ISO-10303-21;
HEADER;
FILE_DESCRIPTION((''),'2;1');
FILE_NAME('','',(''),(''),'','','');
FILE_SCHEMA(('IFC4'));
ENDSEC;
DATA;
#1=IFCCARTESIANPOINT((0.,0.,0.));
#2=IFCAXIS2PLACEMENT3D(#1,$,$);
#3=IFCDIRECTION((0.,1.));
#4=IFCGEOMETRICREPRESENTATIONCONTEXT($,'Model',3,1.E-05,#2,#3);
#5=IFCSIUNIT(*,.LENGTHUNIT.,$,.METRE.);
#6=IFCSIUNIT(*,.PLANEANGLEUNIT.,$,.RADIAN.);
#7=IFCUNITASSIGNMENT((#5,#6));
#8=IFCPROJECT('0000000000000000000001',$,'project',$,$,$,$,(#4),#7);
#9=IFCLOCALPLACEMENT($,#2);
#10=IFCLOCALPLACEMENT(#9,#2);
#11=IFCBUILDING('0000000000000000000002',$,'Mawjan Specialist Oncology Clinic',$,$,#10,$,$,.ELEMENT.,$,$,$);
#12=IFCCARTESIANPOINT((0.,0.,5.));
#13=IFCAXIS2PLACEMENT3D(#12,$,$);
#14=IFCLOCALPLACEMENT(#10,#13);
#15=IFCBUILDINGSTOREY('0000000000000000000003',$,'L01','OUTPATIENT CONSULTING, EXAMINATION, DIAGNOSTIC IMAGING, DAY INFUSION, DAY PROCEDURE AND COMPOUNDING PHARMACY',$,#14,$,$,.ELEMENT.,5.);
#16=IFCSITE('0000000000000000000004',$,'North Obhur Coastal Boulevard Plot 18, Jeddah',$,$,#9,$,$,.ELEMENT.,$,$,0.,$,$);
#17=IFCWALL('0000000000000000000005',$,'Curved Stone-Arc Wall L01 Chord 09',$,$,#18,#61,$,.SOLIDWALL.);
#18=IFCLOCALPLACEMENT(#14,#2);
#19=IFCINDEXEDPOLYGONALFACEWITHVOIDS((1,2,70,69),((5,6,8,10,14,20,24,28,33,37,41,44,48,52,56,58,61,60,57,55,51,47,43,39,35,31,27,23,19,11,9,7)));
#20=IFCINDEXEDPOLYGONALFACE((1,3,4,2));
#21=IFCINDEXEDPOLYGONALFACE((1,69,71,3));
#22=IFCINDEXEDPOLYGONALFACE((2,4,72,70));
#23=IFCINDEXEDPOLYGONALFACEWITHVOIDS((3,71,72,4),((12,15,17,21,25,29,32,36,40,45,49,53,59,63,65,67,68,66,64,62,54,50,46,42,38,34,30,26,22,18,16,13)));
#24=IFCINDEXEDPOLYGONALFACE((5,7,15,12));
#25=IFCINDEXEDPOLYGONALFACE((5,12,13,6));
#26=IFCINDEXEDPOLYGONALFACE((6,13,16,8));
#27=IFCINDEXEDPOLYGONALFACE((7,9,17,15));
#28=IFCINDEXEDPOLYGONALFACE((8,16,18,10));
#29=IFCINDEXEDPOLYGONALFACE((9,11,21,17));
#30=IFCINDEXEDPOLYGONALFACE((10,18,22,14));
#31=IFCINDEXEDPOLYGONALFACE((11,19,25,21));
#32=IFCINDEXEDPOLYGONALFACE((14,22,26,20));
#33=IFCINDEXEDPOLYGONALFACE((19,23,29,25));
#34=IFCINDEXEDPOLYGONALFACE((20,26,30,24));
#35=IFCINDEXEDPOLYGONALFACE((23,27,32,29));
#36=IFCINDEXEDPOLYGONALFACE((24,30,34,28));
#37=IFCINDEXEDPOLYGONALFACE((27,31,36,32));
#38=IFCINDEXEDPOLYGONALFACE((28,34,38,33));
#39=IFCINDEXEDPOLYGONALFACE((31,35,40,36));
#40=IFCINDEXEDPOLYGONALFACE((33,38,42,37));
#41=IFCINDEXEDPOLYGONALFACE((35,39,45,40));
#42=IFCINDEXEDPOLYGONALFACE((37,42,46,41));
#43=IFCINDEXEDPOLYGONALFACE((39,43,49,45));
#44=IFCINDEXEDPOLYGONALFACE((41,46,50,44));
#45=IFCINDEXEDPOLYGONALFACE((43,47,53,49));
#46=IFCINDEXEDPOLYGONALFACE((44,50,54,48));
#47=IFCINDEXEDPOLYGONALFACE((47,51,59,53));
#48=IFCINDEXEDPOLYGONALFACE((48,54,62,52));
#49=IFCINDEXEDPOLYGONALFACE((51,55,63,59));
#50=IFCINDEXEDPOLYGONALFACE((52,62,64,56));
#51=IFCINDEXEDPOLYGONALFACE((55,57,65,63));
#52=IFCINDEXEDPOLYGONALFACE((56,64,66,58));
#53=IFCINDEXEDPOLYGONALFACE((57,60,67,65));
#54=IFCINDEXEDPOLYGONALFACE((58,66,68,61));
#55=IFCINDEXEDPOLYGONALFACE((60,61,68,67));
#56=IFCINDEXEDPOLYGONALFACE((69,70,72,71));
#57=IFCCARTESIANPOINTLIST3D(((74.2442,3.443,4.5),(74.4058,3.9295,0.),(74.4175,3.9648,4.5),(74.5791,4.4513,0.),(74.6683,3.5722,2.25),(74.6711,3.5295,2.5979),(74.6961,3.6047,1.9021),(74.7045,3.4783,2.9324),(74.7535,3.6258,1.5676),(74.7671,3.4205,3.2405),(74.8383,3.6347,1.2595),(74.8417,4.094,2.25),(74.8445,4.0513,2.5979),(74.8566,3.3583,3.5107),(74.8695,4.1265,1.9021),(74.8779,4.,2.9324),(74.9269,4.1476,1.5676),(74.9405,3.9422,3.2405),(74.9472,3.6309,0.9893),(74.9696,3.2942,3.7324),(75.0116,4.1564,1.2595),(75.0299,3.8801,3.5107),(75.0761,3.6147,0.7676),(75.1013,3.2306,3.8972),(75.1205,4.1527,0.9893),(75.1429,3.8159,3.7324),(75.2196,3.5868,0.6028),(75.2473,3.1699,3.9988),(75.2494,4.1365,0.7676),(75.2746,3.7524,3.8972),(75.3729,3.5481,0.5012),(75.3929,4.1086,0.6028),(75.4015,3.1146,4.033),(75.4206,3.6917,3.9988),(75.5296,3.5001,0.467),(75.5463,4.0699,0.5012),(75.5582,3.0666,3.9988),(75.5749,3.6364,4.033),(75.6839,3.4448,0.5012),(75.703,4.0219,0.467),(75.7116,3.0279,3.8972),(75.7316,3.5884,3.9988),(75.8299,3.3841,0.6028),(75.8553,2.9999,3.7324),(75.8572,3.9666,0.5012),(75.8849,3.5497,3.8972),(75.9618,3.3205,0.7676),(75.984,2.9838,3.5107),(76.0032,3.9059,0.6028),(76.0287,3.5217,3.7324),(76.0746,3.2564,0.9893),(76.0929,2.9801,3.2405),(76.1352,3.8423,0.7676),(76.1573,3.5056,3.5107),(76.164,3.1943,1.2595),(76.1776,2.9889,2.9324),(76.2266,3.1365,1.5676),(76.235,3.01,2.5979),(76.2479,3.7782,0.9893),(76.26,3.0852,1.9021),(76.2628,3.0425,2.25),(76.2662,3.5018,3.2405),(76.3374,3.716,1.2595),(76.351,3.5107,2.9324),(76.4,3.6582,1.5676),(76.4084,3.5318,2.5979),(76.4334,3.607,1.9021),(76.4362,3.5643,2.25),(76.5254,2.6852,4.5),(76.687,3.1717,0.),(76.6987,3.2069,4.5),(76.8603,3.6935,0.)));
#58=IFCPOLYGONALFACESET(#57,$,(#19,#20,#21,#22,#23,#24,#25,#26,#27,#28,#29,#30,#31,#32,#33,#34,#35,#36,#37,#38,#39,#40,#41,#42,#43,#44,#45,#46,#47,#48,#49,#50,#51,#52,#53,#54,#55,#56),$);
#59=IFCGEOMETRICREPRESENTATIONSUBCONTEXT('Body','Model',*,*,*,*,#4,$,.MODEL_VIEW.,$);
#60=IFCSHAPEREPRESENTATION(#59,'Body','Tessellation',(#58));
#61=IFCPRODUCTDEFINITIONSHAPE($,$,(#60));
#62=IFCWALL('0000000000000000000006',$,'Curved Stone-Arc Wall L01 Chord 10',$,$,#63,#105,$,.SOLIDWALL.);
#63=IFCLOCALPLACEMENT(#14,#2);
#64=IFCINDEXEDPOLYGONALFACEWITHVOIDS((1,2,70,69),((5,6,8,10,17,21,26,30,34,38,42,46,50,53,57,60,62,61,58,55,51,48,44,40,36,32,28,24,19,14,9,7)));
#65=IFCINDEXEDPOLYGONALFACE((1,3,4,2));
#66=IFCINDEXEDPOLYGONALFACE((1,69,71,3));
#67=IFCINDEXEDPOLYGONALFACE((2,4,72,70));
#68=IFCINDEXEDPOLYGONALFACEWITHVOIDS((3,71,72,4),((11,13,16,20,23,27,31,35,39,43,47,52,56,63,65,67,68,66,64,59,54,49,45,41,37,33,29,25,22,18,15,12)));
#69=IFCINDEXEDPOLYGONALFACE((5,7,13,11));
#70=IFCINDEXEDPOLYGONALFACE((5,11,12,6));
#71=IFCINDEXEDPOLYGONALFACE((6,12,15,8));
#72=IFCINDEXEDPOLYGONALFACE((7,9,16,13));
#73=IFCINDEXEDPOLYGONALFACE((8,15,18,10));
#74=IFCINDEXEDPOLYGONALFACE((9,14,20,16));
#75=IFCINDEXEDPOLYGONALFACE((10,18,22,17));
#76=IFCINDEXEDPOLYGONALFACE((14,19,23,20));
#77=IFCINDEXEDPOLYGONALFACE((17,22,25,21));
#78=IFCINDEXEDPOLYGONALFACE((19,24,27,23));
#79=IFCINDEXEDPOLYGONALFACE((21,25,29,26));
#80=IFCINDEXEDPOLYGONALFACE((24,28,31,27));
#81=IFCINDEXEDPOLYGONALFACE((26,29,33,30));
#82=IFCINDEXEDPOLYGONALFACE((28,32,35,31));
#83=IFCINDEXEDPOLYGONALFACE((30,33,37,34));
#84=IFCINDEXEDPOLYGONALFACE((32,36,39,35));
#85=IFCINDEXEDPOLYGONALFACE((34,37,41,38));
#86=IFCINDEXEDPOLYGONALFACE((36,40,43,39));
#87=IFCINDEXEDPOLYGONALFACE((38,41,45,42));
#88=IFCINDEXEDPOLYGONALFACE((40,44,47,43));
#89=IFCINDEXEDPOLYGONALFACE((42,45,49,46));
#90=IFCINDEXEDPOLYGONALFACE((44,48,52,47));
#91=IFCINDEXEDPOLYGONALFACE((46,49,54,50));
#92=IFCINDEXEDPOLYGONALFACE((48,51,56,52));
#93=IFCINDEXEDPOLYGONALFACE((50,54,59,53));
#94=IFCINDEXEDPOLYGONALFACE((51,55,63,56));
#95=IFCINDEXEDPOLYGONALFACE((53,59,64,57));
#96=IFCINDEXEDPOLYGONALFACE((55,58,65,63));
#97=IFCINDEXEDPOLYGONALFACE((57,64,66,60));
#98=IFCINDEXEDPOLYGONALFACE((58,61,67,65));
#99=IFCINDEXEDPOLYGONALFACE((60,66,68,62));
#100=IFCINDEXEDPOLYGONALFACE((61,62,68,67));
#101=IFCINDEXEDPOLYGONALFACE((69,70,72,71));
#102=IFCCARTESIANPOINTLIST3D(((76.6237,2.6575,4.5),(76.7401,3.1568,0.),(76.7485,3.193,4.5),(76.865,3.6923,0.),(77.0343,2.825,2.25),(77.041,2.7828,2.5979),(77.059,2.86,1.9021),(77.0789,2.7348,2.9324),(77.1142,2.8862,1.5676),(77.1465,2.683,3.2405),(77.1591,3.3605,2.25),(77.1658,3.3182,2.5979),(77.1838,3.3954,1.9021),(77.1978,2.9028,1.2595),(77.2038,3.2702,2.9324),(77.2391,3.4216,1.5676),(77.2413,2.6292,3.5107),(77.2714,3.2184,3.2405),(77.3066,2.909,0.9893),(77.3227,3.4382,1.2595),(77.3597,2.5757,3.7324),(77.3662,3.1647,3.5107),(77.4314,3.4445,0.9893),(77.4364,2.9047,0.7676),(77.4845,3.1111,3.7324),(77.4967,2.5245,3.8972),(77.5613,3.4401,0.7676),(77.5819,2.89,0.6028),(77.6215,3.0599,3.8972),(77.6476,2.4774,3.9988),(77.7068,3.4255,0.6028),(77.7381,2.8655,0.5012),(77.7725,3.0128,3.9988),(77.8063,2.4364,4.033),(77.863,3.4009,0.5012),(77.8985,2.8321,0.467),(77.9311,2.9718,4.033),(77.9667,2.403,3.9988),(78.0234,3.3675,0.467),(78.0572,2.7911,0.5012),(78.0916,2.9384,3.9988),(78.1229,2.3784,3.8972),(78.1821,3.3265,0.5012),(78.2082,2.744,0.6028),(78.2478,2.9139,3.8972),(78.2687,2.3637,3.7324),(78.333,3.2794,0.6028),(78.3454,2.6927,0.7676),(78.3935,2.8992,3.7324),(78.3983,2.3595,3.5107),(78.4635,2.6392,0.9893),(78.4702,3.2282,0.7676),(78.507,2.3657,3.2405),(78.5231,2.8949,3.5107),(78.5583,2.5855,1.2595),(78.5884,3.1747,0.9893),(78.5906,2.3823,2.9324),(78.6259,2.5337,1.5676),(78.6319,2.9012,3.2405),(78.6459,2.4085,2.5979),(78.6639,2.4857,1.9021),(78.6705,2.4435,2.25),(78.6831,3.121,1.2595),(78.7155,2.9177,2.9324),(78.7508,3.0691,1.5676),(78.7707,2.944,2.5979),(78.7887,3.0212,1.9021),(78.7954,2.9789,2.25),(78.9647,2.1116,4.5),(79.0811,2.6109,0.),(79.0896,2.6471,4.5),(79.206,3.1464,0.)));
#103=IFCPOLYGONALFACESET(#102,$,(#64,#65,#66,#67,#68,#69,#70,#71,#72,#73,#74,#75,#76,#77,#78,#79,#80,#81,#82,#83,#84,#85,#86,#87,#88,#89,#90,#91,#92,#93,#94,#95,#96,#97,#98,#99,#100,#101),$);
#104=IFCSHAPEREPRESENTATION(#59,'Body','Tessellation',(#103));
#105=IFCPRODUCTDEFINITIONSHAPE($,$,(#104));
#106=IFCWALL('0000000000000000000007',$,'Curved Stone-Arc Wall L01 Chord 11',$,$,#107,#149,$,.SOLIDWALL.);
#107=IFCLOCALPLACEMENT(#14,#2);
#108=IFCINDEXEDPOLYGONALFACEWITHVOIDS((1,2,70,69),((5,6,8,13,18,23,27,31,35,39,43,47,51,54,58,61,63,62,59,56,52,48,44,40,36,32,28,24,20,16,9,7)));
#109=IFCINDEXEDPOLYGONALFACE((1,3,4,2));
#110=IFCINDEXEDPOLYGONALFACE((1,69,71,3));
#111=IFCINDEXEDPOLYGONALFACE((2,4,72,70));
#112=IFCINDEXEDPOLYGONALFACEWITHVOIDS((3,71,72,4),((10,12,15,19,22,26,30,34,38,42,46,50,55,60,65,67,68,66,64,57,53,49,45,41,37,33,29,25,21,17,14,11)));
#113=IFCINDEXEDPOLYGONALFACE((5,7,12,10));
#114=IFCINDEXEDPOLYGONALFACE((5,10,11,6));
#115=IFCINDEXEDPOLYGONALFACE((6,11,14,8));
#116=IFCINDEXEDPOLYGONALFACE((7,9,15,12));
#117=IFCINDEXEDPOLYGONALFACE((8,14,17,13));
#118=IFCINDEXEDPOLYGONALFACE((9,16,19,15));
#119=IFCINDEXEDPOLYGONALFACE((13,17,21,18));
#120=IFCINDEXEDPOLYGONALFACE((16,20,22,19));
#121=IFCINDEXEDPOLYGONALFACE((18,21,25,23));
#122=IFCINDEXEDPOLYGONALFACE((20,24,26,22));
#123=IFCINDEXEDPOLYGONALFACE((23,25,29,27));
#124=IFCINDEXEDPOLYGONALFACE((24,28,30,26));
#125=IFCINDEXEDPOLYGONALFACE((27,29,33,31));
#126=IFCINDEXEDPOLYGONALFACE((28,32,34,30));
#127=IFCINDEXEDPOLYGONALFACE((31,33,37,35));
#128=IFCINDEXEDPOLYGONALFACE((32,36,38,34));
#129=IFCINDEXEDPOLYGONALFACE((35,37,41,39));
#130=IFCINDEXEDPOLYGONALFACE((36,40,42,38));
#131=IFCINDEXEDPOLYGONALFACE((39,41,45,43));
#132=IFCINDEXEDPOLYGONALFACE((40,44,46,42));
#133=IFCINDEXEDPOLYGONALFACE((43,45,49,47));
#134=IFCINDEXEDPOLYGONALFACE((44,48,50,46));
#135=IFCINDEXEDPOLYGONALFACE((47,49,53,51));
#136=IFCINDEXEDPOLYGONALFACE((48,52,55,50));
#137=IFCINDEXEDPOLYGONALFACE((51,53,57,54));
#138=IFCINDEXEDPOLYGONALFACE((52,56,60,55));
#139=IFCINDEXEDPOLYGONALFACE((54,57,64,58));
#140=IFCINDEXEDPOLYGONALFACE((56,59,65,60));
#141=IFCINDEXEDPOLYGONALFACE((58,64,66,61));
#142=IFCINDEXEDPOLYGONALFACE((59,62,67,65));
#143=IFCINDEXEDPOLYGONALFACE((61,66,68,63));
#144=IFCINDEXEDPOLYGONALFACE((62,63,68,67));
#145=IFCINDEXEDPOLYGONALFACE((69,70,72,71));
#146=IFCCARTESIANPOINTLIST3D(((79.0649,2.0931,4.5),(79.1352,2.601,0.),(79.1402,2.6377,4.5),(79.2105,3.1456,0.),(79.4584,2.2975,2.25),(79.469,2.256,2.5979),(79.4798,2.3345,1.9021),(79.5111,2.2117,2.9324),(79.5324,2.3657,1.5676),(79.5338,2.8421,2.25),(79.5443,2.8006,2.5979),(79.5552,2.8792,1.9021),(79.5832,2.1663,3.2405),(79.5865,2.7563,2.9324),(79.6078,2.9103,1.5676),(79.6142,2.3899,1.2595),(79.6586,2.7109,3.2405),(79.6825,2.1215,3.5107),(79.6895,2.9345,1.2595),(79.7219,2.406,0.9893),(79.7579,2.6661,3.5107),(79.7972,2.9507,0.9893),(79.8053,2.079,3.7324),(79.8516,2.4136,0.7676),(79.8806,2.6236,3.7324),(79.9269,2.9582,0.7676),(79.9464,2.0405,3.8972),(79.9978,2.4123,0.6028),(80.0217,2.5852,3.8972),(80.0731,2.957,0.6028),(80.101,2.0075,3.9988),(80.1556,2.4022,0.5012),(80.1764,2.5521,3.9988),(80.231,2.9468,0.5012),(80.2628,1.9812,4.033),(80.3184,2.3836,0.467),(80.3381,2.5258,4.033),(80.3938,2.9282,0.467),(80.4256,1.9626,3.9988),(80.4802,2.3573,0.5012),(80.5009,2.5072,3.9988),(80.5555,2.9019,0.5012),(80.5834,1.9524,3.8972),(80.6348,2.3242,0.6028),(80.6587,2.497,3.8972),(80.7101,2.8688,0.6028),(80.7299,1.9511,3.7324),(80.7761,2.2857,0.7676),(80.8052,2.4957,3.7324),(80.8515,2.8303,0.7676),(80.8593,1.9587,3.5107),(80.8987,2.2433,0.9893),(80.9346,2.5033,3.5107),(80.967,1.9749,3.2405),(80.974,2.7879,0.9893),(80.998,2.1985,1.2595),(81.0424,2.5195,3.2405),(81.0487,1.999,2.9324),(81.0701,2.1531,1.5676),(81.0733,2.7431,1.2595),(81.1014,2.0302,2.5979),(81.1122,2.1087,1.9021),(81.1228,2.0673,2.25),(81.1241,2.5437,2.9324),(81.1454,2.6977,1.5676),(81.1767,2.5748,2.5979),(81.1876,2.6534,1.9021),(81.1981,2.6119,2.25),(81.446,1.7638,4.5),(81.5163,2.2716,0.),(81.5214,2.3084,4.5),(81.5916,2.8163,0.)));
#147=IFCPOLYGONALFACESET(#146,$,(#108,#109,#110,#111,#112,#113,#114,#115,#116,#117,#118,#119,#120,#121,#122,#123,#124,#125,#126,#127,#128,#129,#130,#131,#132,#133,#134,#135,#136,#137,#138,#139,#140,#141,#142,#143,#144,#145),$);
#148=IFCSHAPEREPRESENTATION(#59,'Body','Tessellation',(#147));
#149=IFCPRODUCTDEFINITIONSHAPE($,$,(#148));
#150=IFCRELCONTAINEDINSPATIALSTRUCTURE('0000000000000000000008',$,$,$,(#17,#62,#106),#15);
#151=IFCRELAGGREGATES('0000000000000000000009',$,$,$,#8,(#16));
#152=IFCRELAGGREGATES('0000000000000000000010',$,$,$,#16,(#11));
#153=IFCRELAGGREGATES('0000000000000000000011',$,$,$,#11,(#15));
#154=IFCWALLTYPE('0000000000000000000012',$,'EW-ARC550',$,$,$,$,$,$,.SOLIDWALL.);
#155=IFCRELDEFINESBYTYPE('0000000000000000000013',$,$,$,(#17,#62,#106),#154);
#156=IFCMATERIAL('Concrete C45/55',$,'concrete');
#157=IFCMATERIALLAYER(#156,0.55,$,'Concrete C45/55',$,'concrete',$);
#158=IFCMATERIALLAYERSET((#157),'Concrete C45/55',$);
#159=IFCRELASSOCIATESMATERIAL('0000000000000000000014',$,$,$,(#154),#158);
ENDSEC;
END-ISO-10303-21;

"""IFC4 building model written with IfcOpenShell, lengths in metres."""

from ifc_helpers import new_model, si_unit, direction, frame, origin, place, context, subcontext, project, spatial, polyline, outline, extrude, material, layer, layer_set, type_object, element, save


model = new_model("IFC4")

# Units and contexts
model_context = context("Model", 3, precision=1e-05, world=origin(), true_north=direction((0.0, 1.0)))
body_context = subcontext(model_context, "Body", "Model", "MODEL_VIEW")
ifc_project = project(units=[si_unit("LENGTHUNIT", "METRE"), si_unit("PLANEANGLEUNIT", "RADIAN")], contexts=[model_context])

# Site, building, storey
site_placement = place(None, origin())
site = spatial("IfcSite", under=ifc_project, at=site_placement, Name="North Obhur Coastal Boulevard Plot 18, Jeddah", CompositionType="ELEMENT", RefElevation=0.0)
building_placement = place(site_placement, origin())
building = spatial("IfcBuilding", under=site, at=building_placement, Name="Mawjan Specialist Oncology Clinic", CompositionType="ELEMENT")
storey_placement = place(building_placement, frame((0.0, 0.0, 5.0)))
storey = spatial("IfcBuildingStorey", under=building, at=storey_placement, Name="L01", Description="OUTPATIENT CONSULTING, EXAMINATION, DIAGNOSTIC IMAGING, DAY INFUSION, DAY PROCEDURE AND COMPOUNDING PHARMACY", CompositionType="ELEMENT", Elevation=5.0)

# Walls, openings
ifc_material_1 = material(Name="Concrete C45/55", Category="concrete")
ifc_layer_1 = layer(ifc_material_1, 0.55, Name="Concrete C45/55", Category="concrete")
ifc_layer_set_1 = layer_set([ifc_layer_1], Name="Concrete C45/55")
wall_type_1 = type_object("IfcWallType", Name="EW-ARC550", PredefinedType="SOLIDWALL", material=ifc_layer_set_1)
wall_1_placement = place(storey_placement, frame((76.7737, 3.4326, 0.0), z_axis=(0.0, 0.0, 1.0), x_axis=(-0.949008, 0.315253, 0.0)))
wall_1 = element("IfcWall", 1, at=wall_1_placement, inside=storey, type_object=wall_type_1, Name="Curved Stone-Arc Wall L01 Chord 09", PredefinedType="SOLIDWALL", context=body_context, shape_type="SweptSolid", body=[
    extrude(outline(polyline([(-0.2749, 0.0), (0.2749, 0.0), (0.7876, 4.5), (0.2378, 4.5), (-0.2749, 0.0)])), frame((0.0, 0.0, 0.0), z_axis=(1.0, 0.0, 0.0), x_axis=(0.0, 1.0, 0.0)), (0.0, 0.0, 1.0), 2.4038),
])
opening_1_placement = place(wall_1_placement, origin())
element("IfcOpeningElement", 2, at=opening_1_placement, cuts=wall_1, PredefinedType="OPENING", context=body_context, shape_type="SweptSolid", body=[
    extrude(outline(polyline([(2.042, 2.25), (2.0259, 2.5979), (1.978, 2.9324), (1.9004, 3.2405), (1.7959, 3.5107), (1.6685, 3.7324), (1.5234, 3.8972), (1.3657, 3.9988), (1.2019, 4.033), (1.0381, 3.9988), (0.8804, 3.8972), (0.7351, 3.7324), (0.6079, 3.5107), (0.5034, 3.2405), (0.4258, 2.9324), (0.3779, 2.5979), (0.3618, 2.25), (0.3779, 1.9021), (0.4258, 1.5676), (0.5034, 1.2595), (0.6079, 0.9893), (0.7351, 0.7676), (0.8804, 0.6028), (1.0381, 0.5012), (1.2019, 0.467), (1.3657, 0.5012), (1.5234, 0.6028), (1.6685, 0.7676), (1.7959, 0.9893), (1.9004, 1.2595), (1.978, 1.5676), (2.0259, 1.9021), (2.042, 2.25)])), frame((0.0, 0.8076, 0.0), z_axis=(0.0, -1.0, 0.0), x_axis=(1.0, 0.0, 0.0)), (0.0, 0.0, 1.0), 1.1028),
])
wall_2_placement = place(storey_placement, frame((79.1436, 2.8787, 0.0), z_axis=(0.0, 0.0, 1.0), x_axis=(-0.973873, 0.227092, 0.0)))
wall_2 = element("IfcWall", 3, at=wall_2_placement, inside=storey, type_object=wall_type_1, Name="Curved Stone-Arc Wall L01 Chord 10", PredefinedType="SOLIDWALL", context=body_context, shape_type="SweptSolid", body=[
    extrude(outline(polyline([(-0.2749, 0.0), (0.2749, 0.0), (0.7876, 4.5), (0.2378, 4.5), (-0.2749, 0.0)])), frame((0.0, 0.0, 0.0), z_axis=(1.0, 0.0, 0.0), x_axis=(0.0, 1.0, 0.0)), (0.0, 0.0, 1.0), 2.4038),
])
opening_2_placement = place(wall_2_placement, origin())
element("IfcOpeningElement", 4, at=opening_2_placement, cuts=wall_2, PredefinedType="OPENING", context=body_context, shape_type="SweptSolid", body=[
    extrude(outline(polyline([(2.042, 2.25), (2.0259, 2.5979), (1.978, 2.9324), (1.9004, 3.2405), (1.7959, 3.5107), (1.6685, 3.7324), (1.5234, 3.8972), (1.3657, 3.9988), (1.2019, 4.033), (1.0381, 3.9988), (0.8804, 3.8972), (0.7351, 3.7324), (0.6079, 3.5107), (0.5034, 3.2405), (0.4258, 2.9324), (0.3779, 2.5979), (0.3618, 2.25), (0.3779, 1.9021), (0.4258, 1.5676), (0.5034, 1.2595), (0.6079, 0.9893), (0.7351, 0.7676), (0.8804, 0.6028), (1.0381, 0.5012), (1.2019, 0.467), (1.3657, 0.5012), (1.5234, 0.6028), (1.6685, 0.7676), (1.7959, 0.9893), (1.9004, 1.2595), (1.978, 1.5676), (2.0259, 1.9021), (2.042, 2.25)])), frame((0.0, 0.8076, 0.0), z_axis=(0.0, -1.0, 0.0), x_axis=(1.0, 0.0, 0.0)), (0.0, 0.0, 1.0), 1.1028),
])
wall_3_placement = place(storey_placement, frame((81.554, 2.5439, 0.0), z_axis=(0.0, 0.0, 1.0), x_axis=(-0.990569, 0.137012, 0.0)))
wall_3 = element("IfcWall", 5, at=wall_3_placement, inside=storey, type_object=wall_type_1, Name="Curved Stone-Arc Wall L01 Chord 11", PredefinedType="SOLIDWALL", context=body_context, shape_type="SweptSolid", body=[
    extrude(outline(polyline([(-0.2749, 0.0), (0.2749, 0.0), (0.7876, 4.5), (0.2378, 4.5), (-0.2749, 0.0)])), frame((0.0, 0.0, 0.0), z_axis=(1.0, 0.0, 0.0), x_axis=(0.0, 1.0, 0.0)), (0.0, 0.0, 1.0), 2.4038),
])
opening_3_placement = place(wall_3_placement, origin())
element("IfcOpeningElement", 6, at=opening_3_placement, cuts=wall_3, PredefinedType="OPENING", context=body_context, shape_type="SweptSolid", body=[
    extrude(outline(polyline([(2.042, 2.25), (2.0259, 2.5979), (1.978, 2.9324), (1.9004, 3.2405), (1.7959, 3.5107), (1.6685, 3.7324), (1.5234, 3.8972), (1.3657, 3.9988), (1.2019, 4.033), (1.0381, 3.9988), (0.8804, 3.8972), (0.7351, 3.7324), (0.6079, 3.5107), (0.5034, 3.2405), (0.4258, 2.9324), (0.3779, 2.5979), (0.3618, 2.25), (0.3779, 1.9021), (0.4258, 1.5676), (0.5034, 1.2595), (0.6079, 0.9893), (0.7351, 0.7676), (0.8804, 0.6028), (1.0381, 0.5012), (1.2019, 0.467), (1.3657, 0.5012), (1.5234, 0.6028), (1.6685, 0.7676), (1.7959, 0.9893), (1.9004, 1.2595), (1.978, 1.5676), (2.0259, 1.9021), (2.042, 2.25)])), frame((0.0, 0.8076, 0.0), z_axis=(0.0, -1.0, 0.0), x_axis=(1.0, 0.0, 0.0)), (0.0, 0.0, 1.0), 1.1028),
])

save(model, "model.ifc")
